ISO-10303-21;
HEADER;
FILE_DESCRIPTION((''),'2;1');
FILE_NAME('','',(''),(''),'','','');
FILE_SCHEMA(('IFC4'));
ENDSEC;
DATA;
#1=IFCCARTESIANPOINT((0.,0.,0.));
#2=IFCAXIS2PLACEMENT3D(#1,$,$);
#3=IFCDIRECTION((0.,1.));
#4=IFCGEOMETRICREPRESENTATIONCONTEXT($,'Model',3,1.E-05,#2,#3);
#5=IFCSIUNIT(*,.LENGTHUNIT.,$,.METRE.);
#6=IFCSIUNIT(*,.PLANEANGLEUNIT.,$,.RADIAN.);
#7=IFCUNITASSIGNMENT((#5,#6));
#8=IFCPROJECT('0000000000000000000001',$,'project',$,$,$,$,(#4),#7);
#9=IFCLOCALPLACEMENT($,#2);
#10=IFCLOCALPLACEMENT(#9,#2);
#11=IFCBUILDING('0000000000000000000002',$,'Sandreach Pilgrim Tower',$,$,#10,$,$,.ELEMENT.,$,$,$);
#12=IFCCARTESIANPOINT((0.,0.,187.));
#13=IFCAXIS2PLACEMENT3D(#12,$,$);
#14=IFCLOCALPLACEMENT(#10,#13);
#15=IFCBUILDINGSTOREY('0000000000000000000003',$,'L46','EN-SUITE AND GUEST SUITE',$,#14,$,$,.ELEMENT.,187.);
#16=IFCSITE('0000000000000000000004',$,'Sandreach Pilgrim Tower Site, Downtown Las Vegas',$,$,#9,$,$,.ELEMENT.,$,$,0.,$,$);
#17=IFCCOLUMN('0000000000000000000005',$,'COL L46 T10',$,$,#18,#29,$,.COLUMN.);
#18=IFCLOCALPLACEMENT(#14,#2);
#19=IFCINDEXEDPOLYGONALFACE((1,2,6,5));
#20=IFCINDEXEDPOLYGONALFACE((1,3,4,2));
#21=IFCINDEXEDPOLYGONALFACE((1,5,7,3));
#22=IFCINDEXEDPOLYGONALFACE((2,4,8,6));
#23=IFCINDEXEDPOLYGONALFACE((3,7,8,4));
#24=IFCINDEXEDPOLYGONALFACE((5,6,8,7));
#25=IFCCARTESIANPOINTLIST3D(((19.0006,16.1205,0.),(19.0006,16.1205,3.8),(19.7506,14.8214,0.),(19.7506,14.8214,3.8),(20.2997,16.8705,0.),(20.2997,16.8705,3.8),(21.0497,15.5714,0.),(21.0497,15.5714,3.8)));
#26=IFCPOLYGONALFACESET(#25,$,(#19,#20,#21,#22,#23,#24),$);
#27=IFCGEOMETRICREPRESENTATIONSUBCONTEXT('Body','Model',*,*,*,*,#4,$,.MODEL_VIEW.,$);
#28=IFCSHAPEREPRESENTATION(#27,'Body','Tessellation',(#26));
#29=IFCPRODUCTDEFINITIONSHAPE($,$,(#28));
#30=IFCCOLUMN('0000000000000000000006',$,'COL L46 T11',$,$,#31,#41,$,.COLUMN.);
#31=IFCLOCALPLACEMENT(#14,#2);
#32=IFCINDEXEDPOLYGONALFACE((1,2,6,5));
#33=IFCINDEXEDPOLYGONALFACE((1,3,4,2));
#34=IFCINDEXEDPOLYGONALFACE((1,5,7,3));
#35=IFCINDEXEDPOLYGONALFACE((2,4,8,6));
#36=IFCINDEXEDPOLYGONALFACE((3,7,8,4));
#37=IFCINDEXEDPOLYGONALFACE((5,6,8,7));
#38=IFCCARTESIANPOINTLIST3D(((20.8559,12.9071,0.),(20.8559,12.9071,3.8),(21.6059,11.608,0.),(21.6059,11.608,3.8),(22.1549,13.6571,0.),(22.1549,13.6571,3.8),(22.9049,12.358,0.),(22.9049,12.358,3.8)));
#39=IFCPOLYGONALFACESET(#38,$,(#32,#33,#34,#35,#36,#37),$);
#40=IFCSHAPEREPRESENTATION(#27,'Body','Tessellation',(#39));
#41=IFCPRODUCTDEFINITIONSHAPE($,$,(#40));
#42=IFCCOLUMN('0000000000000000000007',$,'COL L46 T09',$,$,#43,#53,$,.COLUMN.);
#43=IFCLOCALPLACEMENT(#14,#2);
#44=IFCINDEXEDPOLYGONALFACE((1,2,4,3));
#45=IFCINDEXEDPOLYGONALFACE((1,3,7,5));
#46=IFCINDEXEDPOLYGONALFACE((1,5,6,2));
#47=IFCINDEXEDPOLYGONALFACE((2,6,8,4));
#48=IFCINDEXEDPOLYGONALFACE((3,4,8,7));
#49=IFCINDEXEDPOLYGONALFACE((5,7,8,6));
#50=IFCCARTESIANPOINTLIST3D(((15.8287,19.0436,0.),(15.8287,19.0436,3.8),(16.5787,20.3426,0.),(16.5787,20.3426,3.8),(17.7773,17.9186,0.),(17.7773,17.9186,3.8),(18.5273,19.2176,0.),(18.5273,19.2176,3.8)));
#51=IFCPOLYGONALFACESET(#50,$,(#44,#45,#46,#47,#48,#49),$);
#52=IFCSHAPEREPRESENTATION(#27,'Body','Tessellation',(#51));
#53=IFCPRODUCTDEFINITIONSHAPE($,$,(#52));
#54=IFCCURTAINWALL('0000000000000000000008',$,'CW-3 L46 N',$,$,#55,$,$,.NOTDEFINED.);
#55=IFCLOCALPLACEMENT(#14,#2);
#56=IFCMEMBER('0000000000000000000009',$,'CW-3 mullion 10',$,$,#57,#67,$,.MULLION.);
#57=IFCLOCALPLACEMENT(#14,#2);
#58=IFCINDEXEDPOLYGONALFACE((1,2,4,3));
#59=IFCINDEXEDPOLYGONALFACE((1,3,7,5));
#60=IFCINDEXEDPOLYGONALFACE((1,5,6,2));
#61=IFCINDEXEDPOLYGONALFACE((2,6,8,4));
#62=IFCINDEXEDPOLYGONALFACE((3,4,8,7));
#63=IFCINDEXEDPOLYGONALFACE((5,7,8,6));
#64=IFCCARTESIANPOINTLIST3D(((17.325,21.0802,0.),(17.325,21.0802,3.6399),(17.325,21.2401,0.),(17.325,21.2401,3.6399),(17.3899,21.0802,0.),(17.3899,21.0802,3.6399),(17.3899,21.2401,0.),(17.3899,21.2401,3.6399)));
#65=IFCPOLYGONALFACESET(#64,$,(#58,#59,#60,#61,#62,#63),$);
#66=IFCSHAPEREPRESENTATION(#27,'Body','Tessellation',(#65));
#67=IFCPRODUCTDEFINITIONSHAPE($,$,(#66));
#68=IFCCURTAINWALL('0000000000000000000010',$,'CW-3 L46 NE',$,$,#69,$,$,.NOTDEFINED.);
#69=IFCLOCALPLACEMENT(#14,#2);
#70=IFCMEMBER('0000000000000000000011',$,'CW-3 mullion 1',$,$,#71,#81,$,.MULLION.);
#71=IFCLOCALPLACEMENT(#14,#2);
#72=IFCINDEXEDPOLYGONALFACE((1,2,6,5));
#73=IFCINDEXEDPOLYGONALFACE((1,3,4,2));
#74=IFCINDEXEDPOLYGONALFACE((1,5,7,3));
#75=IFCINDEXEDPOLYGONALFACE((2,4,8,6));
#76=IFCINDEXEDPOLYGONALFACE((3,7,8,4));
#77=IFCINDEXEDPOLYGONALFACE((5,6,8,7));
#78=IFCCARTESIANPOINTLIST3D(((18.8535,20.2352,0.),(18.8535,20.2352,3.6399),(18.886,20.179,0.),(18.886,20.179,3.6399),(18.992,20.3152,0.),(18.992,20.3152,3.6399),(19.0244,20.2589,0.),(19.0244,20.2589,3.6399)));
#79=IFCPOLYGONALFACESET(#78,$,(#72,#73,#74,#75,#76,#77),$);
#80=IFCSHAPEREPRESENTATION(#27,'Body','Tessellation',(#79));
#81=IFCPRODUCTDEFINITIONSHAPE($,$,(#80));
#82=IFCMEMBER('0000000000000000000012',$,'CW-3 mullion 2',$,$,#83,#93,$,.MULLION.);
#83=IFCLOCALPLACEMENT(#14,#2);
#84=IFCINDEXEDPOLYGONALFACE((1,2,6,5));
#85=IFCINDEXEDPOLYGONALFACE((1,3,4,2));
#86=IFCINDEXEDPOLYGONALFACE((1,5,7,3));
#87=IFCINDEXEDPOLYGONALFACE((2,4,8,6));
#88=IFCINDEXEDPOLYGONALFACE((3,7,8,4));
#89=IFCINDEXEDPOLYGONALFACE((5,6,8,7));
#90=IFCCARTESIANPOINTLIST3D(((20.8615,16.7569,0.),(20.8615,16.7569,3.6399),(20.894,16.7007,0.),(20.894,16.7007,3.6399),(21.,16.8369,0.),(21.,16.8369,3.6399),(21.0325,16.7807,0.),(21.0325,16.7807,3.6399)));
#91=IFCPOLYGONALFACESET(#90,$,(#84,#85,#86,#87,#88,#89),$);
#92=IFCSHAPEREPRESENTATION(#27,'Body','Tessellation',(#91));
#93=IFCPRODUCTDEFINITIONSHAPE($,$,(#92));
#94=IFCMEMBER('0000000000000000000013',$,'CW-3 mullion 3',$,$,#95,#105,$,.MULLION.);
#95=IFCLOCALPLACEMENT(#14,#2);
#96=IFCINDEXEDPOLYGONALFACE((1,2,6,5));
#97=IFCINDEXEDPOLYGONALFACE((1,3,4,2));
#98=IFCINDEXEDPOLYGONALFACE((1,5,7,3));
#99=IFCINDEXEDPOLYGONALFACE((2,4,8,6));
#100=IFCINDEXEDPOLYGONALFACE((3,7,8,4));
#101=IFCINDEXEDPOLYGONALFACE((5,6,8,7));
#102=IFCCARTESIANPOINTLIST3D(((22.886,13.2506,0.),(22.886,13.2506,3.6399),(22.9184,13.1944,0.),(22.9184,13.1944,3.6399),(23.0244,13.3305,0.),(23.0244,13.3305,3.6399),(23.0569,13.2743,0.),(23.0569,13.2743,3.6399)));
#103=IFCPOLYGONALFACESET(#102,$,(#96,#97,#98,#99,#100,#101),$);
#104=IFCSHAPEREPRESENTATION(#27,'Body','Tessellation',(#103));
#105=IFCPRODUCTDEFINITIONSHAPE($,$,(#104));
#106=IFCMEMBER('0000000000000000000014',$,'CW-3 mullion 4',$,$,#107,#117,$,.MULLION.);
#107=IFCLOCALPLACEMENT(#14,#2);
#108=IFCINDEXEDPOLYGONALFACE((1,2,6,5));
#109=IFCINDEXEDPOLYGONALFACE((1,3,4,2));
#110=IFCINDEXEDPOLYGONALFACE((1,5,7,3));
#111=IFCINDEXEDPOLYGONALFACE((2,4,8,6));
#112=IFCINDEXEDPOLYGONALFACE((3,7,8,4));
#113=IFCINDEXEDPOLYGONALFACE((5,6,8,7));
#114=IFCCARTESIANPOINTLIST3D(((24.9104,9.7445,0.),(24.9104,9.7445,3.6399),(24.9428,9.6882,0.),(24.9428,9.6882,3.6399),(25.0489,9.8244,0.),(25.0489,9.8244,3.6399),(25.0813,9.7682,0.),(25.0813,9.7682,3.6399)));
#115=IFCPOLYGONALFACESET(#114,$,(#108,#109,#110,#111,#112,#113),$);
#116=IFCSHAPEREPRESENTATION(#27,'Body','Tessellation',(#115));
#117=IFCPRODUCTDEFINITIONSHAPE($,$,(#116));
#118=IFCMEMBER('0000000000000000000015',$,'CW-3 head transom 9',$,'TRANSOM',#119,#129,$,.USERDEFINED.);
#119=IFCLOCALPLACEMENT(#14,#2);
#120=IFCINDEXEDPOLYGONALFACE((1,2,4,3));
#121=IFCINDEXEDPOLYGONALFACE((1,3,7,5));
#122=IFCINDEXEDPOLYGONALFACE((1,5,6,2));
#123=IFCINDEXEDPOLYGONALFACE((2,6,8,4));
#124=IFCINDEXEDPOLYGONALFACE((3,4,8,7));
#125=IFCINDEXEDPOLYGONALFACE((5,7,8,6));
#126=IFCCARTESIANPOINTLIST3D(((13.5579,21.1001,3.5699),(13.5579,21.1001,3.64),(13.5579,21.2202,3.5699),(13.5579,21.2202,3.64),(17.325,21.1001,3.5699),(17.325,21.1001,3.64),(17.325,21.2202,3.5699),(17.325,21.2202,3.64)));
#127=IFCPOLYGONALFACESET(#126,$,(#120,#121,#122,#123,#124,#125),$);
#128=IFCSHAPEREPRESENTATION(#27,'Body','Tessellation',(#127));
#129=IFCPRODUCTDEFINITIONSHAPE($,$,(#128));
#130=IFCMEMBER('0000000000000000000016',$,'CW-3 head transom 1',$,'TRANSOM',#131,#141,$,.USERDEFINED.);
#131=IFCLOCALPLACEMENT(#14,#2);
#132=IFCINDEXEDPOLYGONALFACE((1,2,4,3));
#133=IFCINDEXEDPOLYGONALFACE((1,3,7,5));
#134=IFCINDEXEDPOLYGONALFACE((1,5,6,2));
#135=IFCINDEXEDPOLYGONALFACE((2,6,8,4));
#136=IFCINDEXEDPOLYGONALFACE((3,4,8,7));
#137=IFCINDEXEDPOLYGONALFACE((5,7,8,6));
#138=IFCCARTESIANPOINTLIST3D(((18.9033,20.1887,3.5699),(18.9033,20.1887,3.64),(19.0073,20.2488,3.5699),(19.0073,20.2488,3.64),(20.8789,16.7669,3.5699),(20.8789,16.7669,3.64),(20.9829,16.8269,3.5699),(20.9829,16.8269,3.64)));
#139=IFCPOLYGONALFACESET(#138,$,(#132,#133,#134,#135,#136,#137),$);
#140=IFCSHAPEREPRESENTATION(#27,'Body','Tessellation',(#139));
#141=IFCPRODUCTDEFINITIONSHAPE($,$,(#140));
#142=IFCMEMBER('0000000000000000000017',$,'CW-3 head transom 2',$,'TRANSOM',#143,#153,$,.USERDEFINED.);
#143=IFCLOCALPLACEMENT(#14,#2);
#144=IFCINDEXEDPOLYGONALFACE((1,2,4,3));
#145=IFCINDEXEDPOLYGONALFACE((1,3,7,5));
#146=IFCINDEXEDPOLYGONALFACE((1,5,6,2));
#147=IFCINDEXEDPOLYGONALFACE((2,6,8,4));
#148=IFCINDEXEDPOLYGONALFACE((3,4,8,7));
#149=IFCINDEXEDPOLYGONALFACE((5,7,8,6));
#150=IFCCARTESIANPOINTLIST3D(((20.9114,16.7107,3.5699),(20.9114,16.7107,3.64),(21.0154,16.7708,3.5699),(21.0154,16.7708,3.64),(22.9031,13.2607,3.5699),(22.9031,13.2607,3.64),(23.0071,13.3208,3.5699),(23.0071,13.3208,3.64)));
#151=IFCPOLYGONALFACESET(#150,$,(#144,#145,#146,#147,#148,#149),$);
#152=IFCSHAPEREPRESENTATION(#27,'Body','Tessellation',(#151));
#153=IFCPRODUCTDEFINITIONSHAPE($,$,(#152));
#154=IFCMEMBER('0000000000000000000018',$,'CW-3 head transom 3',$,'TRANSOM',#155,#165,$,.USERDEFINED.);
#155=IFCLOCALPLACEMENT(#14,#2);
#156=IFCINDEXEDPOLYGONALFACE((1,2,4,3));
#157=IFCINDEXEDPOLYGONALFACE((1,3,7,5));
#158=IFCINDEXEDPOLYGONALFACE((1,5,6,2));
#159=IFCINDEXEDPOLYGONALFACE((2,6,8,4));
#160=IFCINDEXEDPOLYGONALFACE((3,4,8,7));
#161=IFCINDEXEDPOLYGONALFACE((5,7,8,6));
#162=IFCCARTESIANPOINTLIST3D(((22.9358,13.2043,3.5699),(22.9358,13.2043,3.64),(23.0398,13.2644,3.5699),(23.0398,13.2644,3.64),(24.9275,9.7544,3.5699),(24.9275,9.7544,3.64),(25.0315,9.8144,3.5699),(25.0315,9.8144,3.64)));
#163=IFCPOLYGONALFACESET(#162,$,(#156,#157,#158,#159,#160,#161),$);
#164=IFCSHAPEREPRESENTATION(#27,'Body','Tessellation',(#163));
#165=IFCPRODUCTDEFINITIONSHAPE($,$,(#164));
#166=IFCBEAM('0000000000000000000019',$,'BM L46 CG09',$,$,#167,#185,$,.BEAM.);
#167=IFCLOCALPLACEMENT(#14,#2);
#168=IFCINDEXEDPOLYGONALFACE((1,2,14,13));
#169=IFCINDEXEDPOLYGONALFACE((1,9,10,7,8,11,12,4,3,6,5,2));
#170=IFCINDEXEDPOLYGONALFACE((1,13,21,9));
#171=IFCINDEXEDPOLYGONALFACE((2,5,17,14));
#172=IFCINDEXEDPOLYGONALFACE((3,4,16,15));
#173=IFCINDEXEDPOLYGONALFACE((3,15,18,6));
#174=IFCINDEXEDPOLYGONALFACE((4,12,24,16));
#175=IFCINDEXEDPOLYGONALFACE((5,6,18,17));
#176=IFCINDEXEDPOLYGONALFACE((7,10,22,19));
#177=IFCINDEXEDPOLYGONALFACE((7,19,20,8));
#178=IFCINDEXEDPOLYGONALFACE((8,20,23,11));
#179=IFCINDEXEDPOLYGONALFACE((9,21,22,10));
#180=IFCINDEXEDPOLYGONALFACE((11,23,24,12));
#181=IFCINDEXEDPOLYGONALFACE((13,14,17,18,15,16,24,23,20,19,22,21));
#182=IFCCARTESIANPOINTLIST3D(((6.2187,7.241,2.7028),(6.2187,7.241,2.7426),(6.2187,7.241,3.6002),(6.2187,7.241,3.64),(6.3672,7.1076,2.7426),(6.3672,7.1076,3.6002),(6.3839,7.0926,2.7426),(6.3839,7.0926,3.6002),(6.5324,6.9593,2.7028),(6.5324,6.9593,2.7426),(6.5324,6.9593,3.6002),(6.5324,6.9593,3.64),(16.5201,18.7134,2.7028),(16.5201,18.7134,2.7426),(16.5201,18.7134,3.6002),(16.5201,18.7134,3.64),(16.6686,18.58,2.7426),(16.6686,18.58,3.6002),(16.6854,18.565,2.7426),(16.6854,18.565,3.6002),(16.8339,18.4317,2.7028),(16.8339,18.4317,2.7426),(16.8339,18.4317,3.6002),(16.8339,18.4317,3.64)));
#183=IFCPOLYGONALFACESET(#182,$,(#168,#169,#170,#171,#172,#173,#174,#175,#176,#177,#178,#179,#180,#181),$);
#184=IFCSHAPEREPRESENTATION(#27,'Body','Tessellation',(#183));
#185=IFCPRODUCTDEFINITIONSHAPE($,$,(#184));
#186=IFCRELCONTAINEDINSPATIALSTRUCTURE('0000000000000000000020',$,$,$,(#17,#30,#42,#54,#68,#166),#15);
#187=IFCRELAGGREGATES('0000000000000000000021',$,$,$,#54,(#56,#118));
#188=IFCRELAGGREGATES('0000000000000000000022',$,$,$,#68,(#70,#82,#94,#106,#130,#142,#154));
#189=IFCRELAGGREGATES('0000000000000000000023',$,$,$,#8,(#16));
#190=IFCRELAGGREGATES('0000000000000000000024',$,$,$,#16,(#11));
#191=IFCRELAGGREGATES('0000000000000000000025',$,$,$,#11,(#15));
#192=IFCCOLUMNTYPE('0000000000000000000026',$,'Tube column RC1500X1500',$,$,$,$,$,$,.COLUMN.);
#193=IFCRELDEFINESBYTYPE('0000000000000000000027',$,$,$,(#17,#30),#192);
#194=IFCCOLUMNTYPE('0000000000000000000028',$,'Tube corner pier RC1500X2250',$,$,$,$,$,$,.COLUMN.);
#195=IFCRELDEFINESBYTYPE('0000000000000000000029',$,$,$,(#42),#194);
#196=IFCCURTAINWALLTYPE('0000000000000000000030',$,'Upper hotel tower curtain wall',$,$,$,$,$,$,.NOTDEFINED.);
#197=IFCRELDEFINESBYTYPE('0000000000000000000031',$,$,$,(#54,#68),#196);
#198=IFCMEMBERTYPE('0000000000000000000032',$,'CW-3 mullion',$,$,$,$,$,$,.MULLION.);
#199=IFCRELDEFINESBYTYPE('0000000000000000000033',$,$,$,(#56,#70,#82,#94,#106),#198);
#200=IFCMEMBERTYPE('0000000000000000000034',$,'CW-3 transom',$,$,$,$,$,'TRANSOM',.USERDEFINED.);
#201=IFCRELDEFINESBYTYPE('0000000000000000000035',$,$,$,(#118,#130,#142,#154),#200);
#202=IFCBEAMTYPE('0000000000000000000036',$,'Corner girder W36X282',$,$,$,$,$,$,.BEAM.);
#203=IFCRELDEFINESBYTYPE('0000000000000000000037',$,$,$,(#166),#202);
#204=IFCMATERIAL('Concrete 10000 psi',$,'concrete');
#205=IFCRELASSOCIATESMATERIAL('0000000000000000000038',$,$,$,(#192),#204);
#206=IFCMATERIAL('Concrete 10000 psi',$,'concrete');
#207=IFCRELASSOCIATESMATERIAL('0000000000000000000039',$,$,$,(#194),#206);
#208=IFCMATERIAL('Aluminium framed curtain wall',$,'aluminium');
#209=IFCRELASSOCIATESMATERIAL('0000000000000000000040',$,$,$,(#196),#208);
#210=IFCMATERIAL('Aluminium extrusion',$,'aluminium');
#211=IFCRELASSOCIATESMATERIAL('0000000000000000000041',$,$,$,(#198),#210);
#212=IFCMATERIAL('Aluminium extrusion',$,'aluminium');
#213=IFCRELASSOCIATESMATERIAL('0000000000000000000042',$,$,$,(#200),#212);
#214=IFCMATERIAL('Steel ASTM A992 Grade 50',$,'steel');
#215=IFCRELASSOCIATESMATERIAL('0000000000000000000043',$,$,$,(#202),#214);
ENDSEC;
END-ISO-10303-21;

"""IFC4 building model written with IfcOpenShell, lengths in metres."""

from ifc_helpers import new_model, si_unit, direction, frame, origin, origin_2d, place, context, subcontext, project, spatial, rectangle, i_section, extrude, material, material_profile, profile_set, type_object, element, aggregate, save


model = new_model("IFC4")

# Units and contexts
model_context = context("Model", 3, precision=1e-05, world=origin(), true_north=direction((0.0, 1.0)))
body_context = subcontext(model_context, "Body", "Model", "MODEL_VIEW")
ifc_project = project(units=[si_unit("LENGTHUNIT", "METRE"), si_unit("PLANEANGLEUNIT", "RADIAN")], contexts=[model_context])

# Site, building, storey
site_placement = place(None, origin())
site = spatial("IfcSite", under=ifc_project, at=site_placement, Name="Sandreach Pilgrim Tower Site, Downtown Las Vegas", CompositionType="ELEMENT", RefElevation=0.0)
building_placement = place(site_placement, origin())
building = spatial("IfcBuilding", under=site, at=building_placement, Name="Sandreach Pilgrim Tower", CompositionType="ELEMENT")
storey_placement = place(building_placement, frame((0.0, 0.0, 187.0)))
storey = spatial("IfcBuildingStorey", under=building, at=storey_placement, Name="L46", Description="EN-SUITE AND GUEST SUITE", CompositionType="ELEMENT", Elevation=187.0)

# Columns
ifc_material_1 = material(Name="Concrete 10000 psi", Category="concrete")
ifc_material_profile_1 = material_profile(ifc_material_1, rectangle(XDim=1.5, YDim=1.5, at=origin_2d()), Name="RC1500X1500")
ifc_profile_set_1 = profile_set([ifc_material_profile_1], Name="Concrete 10000 psi")
column_type_1 = type_object("IfcColumnType", Name="Tube column RC1500X1500", PredefinedType="COLUMN", material=ifc_profile_set_1)
for number, where, z_axis, x_axis, name in (
    (1, (20.0251, 15.8459, 0.0), (0.0, 0.0, 1.0), (0.866025, 0.5, 0.0), "COL L46 T10"),
    (2, (21.8804, 12.6326, 0.0), (0.0, 0.0, 1.0), (0.866025, 0.5, 0.0), "COL L46 T11"),
):
    element("IfcColumn", number, at=place(storey_placement, frame(where, z_axis=z_axis, x_axis=x_axis)), inside=storey, type_object=column_type_1, Name=name, PredefinedType="COLUMN", context=body_context, shape_type="SweptSolid", body=[
        extrude(rectangle(XDim=1.5, YDim=1.5, at=origin_2d()), origin(), (0.0, 0.0, 1.0), 3.8),
    ])
ifc_material_2 = material(Name="Concrete 10000 psi", Category="concrete")
ifc_material_profile_2 = material_profile(ifc_material_2, rectangle(XDim=1.5, YDim=2.25, at=origin_2d()), Name="RC1500X2250")
ifc_profile_set_2 = profile_set([ifc_material_profile_2], Name="Concrete 10000 psi")
column_type_2 = type_object("IfcColumnType", Name="Tube corner pier RC1500X2250", PredefinedType="COLUMN", material=ifc_profile_set_2)
column_placement = place(storey_placement, frame((17.178, 19.1306, 0.0), z_axis=(0.0, 0.0, 1.0), x_axis=(0.5, 0.866025, 0.0)))
element("IfcColumn", 3, at=column_placement, inside=storey, type_object=column_type_2, Name="COL L46 T09", PredefinedType="COLUMN", context=body_context, shape_type="SweptSolid", body=[
    extrude(rectangle(XDim=1.5, YDim=2.25, at=origin_2d()), origin(), (0.0, 0.0, 1.0), 3.8),
])

# Curtain wall, member
ifc_material_3 = material(Name="Aluminium framed curtain wall", Category="aluminium")
curtain_wall_type = type_object("IfcCurtainWallType", Name="Upper hotel tower curtain wall", PredefinedType="NOTDEFINED", material=ifc_material_3)
curtain_wall_1_placement = place(storey_placement, origin())
curtain_wall_1 = element("IfcCurtainWall", 4, at=curtain_wall_1_placement, inside=storey, type_object=curtain_wall_type, Name="CW-3 L46 N", PredefinedType="NOTDEFINED")
ifc_material_4 = material(Name="Aluminium extrusion", Category="aluminium")
ifc_material_profile_3 = material_profile(ifc_material_4, rectangle(XDim=0.0649, YDim=0.1599, at=origin_2d()), Name="CW-3M 65X160")
ifc_profile_set_3 = profile_set([ifc_material_profile_3], Name="Aluminium extrusion")
member_type_1 = type_object("IfcMemberType", Name="CW-3 mullion", PredefinedType="MULLION", material=ifc_profile_set_3)
member_1_placement = place(storey_placement, frame((17.3574, 21.1602, 0.0), z_axis=(0.0, 0.0, 1.0), x_axis=(1.0, 0.0, 0.0)))
member_1 = element("IfcMember", 5, at=member_1_placement, type_object=member_type_1, Name="CW-3 mullion 10", PredefinedType="MULLION", context=body_context, shape_type="SweptSolid", body=[
    extrude(rectangle(XDim=0.0649, YDim=0.1599, at=origin_2d()), origin(), (0.0, 0.0, 1.0), 3.6399),
])

# Curtain wall, members
curtain_wall_2_placement = place(storey_placement, origin())
curtain_wall_2 = element("IfcCurtainWall", 6, at=curtain_wall_2_placement, inside=storey, type_object=curtain_wall_type, Name="CW-3 L46 NE", PredefinedType="NOTDEFINED")
member_2_placement = place(storey_placement, frame((18.939, 20.2471, 0.0), z_axis=(0.0, 0.0, 1.0), x_axis=(0.5, -0.866025, 0.0)))
member_2 = element("IfcMember", 7, at=member_2_placement, type_object=member_type_1, Name="CW-3 mullion 1", PredefinedType="MULLION", context=body_context, shape_type="SweptSolid", body=[
    extrude(rectangle(XDim=0.0649, YDim=0.1599, at=origin_2d()), origin(), (0.0, 0.0, 1.0), 3.6399),
])
member_3_placement = place(storey_placement, frame((20.947, 16.7688, 0.0), z_axis=(0.0, 0.0, 1.0), x_axis=(0.5, -0.866025, 0.0)))
member_3 = element("IfcMember", 8, at=member_3_placement, type_object=member_type_1, Name="CW-3 mullion 2", PredefinedType="MULLION", context=body_context, shape_type="SweptSolid", body=[
    extrude(rectangle(XDim=0.0649, YDim=0.1599, at=origin_2d()), origin(), (0.0, 0.0, 1.0), 3.6399),
])
member_4_placement = place(storey_placement, frame((22.9714, 13.2625, 0.0), z_axis=(0.0, 0.0, 1.0), x_axis=(0.5, -0.866025, 0.0)))
member_4 = element("IfcMember", 9, at=member_4_placement, type_object=member_type_1, Name="CW-3 mullion 3", PredefinedType="MULLION", context=body_context, shape_type="SweptSolid", body=[
    extrude(rectangle(XDim=0.0649, YDim=0.1599, at=origin_2d()), origin(), (0.0, 0.0, 1.0), 3.6399),
])
member_5_placement = place(storey_placement, frame((24.9958, 9.7563, 0.0), z_axis=(0.0, 0.0, 1.0), x_axis=(0.5, -0.866025, 0.0)))
member_5 = element("IfcMember", 10, at=member_5_placement, type_object=member_type_1, Name="CW-3 mullion 4", PredefinedType="MULLION", context=body_context, shape_type="SweptSolid", body=[
    extrude(rectangle(XDim=0.0649, YDim=0.1599, at=origin_2d()), origin(), (0.0, 0.0, 1.0), 3.6399),
])

# Members
ifc_material_5 = material(Name="Aluminium extrusion", Category="aluminium")
ifc_material_profile_4 = material_profile(ifc_material_5, rectangle(XDim=0.1201, YDim=0.0701, at=origin_2d()), Name="CW-3T 120X70")
ifc_profile_set_4 = profile_set([ifc_material_profile_4], Name="Aluminium extrusion")
member_type_2 = type_object("IfcMemberType", Name="CW-3 transom", ElementType="TRANSOM", PredefinedType="USERDEFINED", material=ifc_profile_set_4)
member_6_placement = place(storey_placement, frame((13.5579, 21.1602, 3.605), z_axis=(1.0, 0.0, 0.0), x_axis=(0.0, 1.0, 0.0)))
member_6 = element("IfcMember", 11, at=member_6_placement, type_object=member_type_2, Name="CW-3 head transom 9", ObjectType="TRANSOM", PredefinedType="USERDEFINED", context=body_context, shape_type="SweptSolid", body=[
    extrude(rectangle(XDim=0.1201, YDim=0.0701, at=origin_2d()), origin(), (0.0, 0.0, 1.0), 3.7671),
])
member_7_placement = place(storey_placement, frame((18.9553, 20.2188, 3.605), z_axis=(0.499993, -0.866029, 0.0), x_axis=(0.866029, 0.499993, 0.0)))
member_7 = element("IfcMember", 12, at=member_7_placement, type_object=member_type_2, Name="CW-3 head transom 1", ObjectType="TRANSOM", PredefinedType="USERDEFINED", context=body_context, shape_type="SweptSolid", body=[
    extrude(rectangle(XDim=0.1201, YDim=0.0701, at=origin_2d()), origin(), (0.0, 0.0, 1.0), 3.9512),
])
member_8_placement = place(storey_placement, frame((20.9634, 16.7407, 3.605), z_axis=(0.499975, -0.86604, 0.0), x_axis=(0.86604, 0.499975, 0.0)))
member_8 = element("IfcMember", 13, at=member_8_placement, type_object=member_type_2, Name="CW-3 head transom 2", ObjectType="TRANSOM", PredefinedType="USERDEFINED", context=body_context, shape_type="SweptSolid", body=[
    extrude(rectangle(XDim=0.1201, YDim=0.0701, at=origin_2d()), origin(), (0.0, 0.0, 1.0), 3.9836),
])
member_9_placement = place(storey_placement, frame((22.9878, 13.2344, 3.605), z_axis=(0.499975, -0.86604, 0.0), x_axis=(0.86604, 0.499975, 0.0)))
member_9 = element("IfcMember", 14, at=member_9_placement, type_object=member_type_2, Name="CW-3 head transom 3", ObjectType="TRANSOM", PredefinedType="USERDEFINED", context=body_context, shape_type="SweptSolid", body=[
    extrude(rectangle(XDim=0.1201, YDim=0.0701, at=origin_2d()), origin(), (0.0, 0.0, 1.0), 3.9836),
])

# Beam
ifc_material_6 = material(Name="Steel ASTM A992 Grade 50", Category="steel")
ifc_material_profile_5 = material_profile(ifc_material_6, i_section(OverallWidth=0.4216, OverallDepth=0.9373, WebThickness=0.0225, FlangeThickness=0.0398, at=origin_2d()), Name="W36X282")
ifc_profile_set_5 = profile_set([ifc_material_profile_5], Name="Steel ASTM A992 Grade 50")
beam_type_1 = type_object("IfcBeamType", Name="Corner girder W36X282", PredefinedType="BEAM", material=ifc_profile_set_5)
beam_1_placement = place(storey_placement, frame((16.677, 18.5725, 3.1714), z_axis=(-0.668117, -0.744057, 0.0), x_axis=(0.744057, -0.668117, 0.0)))
element("IfcBeam", 15, at=beam_1_placement, inside=storey, type_object=beam_type_1, Name="BM L46 CG09", PredefinedType="BEAM", context=body_context, shape_type="SweptSolid", body=[
    extrude(i_section(OverallWidth=0.4216, OverallDepth=0.9373, WebThickness=0.0225, FlangeThickness=0.0398, at=origin_2d()), origin(), (0.0, 0.0, 1.0), 15.4187),
])

aggregate(curtain_wall_1, [member_1, member_6])
aggregate(curtain_wall_2, [member_2, member_3, member_4, member_5, member_7, member_8, member_9])

save(model, "model.ifc")
